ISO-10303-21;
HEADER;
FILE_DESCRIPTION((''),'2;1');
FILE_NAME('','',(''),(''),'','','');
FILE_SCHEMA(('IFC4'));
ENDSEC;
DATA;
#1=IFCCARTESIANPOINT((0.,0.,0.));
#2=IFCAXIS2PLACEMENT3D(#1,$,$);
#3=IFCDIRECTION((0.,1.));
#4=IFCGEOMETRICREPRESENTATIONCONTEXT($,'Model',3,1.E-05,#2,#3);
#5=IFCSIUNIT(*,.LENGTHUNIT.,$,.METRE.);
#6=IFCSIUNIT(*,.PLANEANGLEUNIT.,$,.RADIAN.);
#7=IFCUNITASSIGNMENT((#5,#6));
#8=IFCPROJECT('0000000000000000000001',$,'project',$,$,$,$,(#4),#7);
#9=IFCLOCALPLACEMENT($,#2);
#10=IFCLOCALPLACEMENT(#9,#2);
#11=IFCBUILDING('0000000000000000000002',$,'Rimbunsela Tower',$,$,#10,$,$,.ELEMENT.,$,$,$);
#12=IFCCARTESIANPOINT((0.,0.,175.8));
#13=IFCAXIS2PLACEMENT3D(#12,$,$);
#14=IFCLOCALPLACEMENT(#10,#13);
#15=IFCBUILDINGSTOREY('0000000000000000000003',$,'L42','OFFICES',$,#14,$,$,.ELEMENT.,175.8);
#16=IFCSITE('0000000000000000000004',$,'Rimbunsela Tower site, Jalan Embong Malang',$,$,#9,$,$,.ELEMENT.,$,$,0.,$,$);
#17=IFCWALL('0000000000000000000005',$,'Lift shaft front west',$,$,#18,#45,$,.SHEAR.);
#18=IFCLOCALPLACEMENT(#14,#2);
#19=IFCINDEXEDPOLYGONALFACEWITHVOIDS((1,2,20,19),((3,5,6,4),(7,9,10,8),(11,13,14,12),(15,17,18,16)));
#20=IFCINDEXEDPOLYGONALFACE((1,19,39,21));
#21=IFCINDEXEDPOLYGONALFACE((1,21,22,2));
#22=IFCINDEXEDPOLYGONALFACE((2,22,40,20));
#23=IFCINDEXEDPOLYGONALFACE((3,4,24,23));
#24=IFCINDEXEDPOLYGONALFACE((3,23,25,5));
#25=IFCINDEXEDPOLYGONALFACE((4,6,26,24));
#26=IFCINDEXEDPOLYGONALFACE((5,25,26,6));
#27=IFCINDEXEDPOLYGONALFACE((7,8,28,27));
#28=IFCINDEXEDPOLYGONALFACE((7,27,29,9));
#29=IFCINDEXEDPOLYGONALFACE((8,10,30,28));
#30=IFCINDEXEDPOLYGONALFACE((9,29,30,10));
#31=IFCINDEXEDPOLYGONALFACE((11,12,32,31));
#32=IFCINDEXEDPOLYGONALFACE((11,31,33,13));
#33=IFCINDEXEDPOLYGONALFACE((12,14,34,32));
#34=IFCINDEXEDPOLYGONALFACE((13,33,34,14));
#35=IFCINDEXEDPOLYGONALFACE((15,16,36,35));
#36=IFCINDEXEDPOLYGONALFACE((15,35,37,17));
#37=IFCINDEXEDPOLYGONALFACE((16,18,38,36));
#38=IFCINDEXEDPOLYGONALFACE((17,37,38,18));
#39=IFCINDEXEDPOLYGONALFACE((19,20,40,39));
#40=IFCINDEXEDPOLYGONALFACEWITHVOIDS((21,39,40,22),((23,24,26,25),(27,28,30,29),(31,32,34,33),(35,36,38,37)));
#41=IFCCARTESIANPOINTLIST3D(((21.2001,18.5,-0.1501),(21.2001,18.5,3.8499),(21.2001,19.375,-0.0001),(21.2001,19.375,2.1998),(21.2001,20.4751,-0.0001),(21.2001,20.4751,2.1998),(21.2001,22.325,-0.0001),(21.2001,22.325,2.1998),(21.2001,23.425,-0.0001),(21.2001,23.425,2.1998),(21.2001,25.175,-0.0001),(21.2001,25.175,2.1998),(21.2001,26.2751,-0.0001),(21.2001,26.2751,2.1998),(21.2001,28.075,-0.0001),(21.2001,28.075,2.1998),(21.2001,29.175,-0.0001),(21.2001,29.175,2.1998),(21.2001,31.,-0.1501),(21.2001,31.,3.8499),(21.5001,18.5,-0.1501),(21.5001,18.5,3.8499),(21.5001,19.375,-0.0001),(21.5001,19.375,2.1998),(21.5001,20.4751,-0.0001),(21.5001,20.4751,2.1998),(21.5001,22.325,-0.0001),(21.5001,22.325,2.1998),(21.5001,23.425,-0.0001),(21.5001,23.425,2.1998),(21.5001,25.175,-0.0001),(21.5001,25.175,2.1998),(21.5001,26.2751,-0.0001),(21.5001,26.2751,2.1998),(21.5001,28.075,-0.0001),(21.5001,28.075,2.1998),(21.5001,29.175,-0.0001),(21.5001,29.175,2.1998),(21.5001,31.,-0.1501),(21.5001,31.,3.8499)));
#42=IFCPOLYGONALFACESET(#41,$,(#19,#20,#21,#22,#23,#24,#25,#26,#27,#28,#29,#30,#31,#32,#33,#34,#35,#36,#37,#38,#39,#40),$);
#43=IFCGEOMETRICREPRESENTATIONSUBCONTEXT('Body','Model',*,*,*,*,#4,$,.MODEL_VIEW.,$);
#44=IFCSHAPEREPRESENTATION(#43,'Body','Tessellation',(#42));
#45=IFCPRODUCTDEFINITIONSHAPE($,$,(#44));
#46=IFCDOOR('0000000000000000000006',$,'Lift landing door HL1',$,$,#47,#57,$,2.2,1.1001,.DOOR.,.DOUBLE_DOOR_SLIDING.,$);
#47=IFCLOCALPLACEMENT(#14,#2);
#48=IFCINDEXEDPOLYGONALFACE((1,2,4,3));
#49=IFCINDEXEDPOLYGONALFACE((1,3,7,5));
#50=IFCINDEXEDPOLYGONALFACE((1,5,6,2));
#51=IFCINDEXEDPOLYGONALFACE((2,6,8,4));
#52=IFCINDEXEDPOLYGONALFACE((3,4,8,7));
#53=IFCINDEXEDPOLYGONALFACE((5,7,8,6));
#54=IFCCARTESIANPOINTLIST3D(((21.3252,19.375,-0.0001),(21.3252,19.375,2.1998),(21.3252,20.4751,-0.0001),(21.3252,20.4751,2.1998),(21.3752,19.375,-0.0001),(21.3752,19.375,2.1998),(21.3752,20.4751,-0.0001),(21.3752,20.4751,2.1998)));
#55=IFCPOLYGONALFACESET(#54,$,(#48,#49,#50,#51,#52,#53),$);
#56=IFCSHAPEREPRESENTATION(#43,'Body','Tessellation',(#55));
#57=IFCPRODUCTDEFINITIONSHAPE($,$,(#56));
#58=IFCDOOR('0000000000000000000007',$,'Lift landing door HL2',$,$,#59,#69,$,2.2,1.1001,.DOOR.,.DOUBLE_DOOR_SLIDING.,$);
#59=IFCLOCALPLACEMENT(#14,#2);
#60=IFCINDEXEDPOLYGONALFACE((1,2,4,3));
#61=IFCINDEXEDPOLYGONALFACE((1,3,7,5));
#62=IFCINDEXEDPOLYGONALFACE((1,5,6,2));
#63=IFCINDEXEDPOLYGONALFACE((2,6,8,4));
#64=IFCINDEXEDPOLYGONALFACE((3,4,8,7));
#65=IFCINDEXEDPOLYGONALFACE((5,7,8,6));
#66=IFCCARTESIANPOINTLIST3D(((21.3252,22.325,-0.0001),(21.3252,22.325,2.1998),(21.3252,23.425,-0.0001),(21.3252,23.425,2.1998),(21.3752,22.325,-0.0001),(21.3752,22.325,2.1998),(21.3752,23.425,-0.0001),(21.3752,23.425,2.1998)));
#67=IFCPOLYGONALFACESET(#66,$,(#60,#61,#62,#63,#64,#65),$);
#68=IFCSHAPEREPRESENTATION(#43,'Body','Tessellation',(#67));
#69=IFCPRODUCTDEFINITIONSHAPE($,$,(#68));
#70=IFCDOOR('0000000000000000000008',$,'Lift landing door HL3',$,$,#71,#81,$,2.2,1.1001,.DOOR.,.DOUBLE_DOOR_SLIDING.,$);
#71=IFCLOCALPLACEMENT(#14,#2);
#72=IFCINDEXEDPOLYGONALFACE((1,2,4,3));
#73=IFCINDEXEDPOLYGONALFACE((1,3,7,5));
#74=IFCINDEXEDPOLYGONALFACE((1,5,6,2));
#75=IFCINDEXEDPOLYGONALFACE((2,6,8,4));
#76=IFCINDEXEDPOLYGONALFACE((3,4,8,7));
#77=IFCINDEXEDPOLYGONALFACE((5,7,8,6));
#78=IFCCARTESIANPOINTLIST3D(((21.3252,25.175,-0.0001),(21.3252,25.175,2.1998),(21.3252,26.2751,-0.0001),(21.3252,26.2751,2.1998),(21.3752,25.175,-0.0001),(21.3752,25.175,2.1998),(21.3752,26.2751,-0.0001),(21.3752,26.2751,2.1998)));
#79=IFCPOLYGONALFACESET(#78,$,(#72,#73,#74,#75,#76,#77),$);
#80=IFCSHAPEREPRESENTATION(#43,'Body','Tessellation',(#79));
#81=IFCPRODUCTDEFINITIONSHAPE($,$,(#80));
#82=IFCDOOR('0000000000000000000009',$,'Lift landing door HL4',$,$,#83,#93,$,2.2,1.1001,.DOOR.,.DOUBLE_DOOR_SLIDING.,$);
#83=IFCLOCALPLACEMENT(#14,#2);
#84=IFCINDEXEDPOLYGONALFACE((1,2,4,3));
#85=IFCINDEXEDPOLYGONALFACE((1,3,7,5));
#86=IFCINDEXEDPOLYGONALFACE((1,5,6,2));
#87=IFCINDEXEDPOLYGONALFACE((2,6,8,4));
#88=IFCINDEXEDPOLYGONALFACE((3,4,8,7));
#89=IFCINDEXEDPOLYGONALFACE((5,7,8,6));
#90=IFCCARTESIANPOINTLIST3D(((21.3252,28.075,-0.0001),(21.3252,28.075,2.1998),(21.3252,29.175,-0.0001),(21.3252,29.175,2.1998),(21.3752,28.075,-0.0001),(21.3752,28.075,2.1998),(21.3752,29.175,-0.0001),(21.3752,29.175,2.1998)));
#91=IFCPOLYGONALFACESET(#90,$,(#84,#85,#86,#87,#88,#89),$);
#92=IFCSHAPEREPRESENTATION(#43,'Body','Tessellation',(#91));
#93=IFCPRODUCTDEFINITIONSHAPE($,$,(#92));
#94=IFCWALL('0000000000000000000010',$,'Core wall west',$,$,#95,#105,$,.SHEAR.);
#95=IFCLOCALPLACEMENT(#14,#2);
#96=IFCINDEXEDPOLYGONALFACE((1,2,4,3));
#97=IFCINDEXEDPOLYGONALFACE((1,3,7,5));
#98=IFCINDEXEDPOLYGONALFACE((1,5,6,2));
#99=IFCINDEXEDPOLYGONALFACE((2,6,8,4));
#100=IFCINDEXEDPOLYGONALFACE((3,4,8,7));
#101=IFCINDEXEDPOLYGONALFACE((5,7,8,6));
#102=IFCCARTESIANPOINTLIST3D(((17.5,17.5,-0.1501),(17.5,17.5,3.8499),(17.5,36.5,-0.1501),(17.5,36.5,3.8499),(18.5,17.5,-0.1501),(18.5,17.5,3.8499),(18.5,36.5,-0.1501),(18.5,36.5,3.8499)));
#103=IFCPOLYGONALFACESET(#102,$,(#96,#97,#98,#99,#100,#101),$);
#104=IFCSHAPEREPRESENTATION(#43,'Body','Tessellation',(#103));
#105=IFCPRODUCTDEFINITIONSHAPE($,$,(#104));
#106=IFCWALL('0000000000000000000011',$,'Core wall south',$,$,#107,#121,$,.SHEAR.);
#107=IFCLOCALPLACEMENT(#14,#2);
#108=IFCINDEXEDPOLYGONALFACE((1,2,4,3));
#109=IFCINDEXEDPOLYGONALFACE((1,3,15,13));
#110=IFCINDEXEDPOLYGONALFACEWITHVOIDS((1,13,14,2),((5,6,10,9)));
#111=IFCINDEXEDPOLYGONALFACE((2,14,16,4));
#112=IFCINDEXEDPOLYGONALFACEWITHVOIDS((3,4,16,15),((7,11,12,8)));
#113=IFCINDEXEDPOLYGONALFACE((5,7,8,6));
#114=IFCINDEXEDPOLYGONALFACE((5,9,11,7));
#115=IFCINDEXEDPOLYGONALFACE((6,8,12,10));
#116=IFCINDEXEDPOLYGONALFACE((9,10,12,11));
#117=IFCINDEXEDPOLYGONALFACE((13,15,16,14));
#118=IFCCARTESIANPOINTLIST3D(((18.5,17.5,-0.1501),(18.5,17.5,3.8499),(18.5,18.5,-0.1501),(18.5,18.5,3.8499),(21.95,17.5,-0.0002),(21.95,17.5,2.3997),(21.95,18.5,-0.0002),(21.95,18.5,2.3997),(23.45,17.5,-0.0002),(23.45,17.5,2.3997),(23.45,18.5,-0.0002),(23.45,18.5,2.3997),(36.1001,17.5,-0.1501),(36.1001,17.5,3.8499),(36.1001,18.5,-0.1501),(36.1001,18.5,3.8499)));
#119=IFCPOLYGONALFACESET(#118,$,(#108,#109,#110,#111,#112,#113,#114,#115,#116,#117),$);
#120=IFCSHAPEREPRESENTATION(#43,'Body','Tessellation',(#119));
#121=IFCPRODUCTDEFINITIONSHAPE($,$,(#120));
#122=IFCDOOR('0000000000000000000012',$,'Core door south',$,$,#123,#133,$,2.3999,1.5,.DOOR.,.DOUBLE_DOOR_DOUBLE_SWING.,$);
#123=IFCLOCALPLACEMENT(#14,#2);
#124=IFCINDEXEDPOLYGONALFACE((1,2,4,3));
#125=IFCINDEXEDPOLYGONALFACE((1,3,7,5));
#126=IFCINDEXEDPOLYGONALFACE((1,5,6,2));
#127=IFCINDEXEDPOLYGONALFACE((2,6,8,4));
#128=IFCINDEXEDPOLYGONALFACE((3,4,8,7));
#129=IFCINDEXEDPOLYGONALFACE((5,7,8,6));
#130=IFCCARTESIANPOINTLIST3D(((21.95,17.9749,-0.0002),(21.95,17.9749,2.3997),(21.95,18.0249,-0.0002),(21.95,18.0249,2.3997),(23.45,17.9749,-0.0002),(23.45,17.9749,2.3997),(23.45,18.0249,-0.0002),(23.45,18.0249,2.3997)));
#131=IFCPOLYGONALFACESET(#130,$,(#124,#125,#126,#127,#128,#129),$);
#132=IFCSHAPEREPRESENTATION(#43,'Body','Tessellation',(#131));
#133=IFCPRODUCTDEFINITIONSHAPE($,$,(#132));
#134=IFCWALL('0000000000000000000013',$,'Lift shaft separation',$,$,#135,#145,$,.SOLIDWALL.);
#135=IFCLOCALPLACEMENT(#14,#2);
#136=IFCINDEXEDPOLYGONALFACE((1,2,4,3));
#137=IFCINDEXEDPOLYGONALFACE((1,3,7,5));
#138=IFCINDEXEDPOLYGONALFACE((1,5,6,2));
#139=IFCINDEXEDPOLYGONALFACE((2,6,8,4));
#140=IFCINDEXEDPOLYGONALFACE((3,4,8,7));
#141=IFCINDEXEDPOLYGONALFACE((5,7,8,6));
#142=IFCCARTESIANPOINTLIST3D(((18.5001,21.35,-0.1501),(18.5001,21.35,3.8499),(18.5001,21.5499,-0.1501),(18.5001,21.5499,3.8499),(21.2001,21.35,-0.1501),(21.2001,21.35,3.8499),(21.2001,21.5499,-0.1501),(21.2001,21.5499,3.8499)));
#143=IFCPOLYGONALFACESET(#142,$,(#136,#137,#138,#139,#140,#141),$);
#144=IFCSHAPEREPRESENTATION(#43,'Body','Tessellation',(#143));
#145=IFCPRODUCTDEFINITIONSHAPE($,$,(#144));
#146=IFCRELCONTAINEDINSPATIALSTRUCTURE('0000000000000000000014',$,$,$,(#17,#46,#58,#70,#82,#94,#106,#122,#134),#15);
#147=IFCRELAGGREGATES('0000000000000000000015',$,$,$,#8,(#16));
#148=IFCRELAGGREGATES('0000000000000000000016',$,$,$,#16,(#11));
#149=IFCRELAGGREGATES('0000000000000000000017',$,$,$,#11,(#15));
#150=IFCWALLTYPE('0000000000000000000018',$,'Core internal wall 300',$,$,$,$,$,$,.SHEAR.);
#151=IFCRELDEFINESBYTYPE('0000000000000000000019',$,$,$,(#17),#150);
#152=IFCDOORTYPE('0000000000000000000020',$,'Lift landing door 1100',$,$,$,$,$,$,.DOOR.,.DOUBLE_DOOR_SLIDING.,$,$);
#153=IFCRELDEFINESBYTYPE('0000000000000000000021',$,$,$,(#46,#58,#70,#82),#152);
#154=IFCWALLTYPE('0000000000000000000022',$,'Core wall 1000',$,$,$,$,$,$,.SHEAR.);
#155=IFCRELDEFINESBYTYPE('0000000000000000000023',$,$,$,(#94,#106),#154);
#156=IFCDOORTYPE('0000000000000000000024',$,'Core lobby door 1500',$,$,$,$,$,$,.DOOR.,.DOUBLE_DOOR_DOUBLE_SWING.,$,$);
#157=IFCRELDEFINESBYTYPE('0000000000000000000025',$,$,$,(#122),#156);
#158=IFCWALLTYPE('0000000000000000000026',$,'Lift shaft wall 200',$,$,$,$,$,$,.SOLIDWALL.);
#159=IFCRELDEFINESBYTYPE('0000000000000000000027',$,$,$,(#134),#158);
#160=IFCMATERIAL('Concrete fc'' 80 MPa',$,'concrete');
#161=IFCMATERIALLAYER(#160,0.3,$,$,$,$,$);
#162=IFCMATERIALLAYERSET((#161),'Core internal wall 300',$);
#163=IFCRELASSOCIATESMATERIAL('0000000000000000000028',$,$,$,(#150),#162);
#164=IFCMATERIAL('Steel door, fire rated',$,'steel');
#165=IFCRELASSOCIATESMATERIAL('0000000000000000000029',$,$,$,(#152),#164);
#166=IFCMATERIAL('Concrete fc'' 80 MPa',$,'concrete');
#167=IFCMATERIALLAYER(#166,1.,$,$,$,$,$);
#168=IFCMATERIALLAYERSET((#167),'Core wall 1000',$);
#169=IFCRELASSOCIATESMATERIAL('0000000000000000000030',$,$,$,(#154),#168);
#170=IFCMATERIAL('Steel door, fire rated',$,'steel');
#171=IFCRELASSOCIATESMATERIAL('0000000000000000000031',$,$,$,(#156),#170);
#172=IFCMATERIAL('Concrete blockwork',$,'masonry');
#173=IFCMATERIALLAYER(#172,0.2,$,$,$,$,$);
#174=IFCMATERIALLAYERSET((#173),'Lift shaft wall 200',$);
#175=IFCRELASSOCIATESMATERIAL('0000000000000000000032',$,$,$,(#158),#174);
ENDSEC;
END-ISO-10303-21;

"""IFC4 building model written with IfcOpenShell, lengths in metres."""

from ifc_helpers import new_model, si_unit, direction, frame, frame_2d, origin, place, context, subcontext, project, spatial, rectangle, extrude, material, layer, layer_set, type_object, element, fill, save


model = new_model("IFC4")

# Units and contexts
model_context = context("Model", 3, precision=1e-05, world=origin(), true_north=direction((0.0, 1.0)))
body_context = subcontext(model_context, "Body", "Model", "MODEL_VIEW")
ifc_project = project(units=[si_unit("LENGTHUNIT", "METRE"), si_unit("PLANEANGLEUNIT", "RADIAN")], contexts=[model_context])

# Site, building, storey
site_placement = place(None, origin())
site = spatial("IfcSite", under=ifc_project, at=site_placement, Name="Rimbunsela Tower site, Jalan Embong Malang", CompositionType="ELEMENT", RefElevation=0.0)
building_placement = place(site_placement, origin())
building = spatial("IfcBuilding", under=site, at=building_placement, Name="Rimbunsela Tower", CompositionType="ELEMENT")
storey_placement = place(building_placement, frame((0.0, 0.0, 175.8)))
storey = spatial("IfcBuildingStorey", under=building, at=storey_placement, Name="L42", Description="OFFICES", CompositionType="ELEMENT", Elevation=175.8)

# Wall, openings, doors
ifc_material_1 = material(Name="Concrete fc' 80 MPa", Category="concrete")
ifc_layer_1 = layer(ifc_material_1, 0.3)
ifc_layer_set_1 = layer_set([ifc_layer_1], Name="Core internal wall 300")
wall_type_1 = type_object("IfcWallType", Name="Core internal wall 300", PredefinedType="SHEAR", material=ifc_layer_set_1)
wall_1_placement = place(storey_placement, frame((21.3501, 18.5, -0.1501), z_axis=(0.0, 0.0, 1.0), x_axis=(0.0, 1.0, 0.0)))
wall_1 = element("IfcWall", 1, at=wall_1_placement, inside=storey, type_object=wall_type_1, Name="Lift shaft front west", PredefinedType="SHEAR", context=body_context, shape_type="SweptSolid", body=[
    extrude(rectangle(XDim=12.5, YDim=0.3, at=frame_2d((6.25, 0.0))), origin(), (0.0, 0.0, 1.0), 4.0),
])
opening_1_placement = place(wall_1_placement, frame((0.875, 0.0, 0.1499)))
opening_1 = element("IfcOpeningElement", 2, at=opening_1_placement, cuts=wall_1, PredefinedType="OPENING", context=body_context, shape_type="SweptSolid", body=[
    extrude(rectangle(XDim=1.1001, YDim=2.2, at=frame_2d((0.55, 1.1001))), frame((0.0, 0.1599, 0.0), z_axis=(0.0, -1.0, 0.0), x_axis=(1.0, 0.0, 0.0)), (0.0, 0.0, 1.0), 0.3201),
])
opening_2_placement = place(wall_1_placement, frame((3.825, 0.0, 0.1499)))
opening_2 = element("IfcOpeningElement", 3, at=opening_2_placement, cuts=wall_1, PredefinedType="OPENING", context=body_context, shape_type="SweptSolid", body=[
    extrude(rectangle(XDim=1.1001, YDim=2.2, at=frame_2d((0.55, 1.1001))), frame((0.0, 0.1599, 0.0), z_axis=(0.0, -1.0, 0.0), x_axis=(1.0, 0.0, 0.0)), (0.0, 0.0, 1.0), 0.3201),
])
opening_3_placement = place(wall_1_placement, frame((6.675, 0.0, 0.1499)))
opening_3 = element("IfcOpeningElement", 4, at=opening_3_placement, cuts=wall_1, PredefinedType="OPENING", context=body_context, shape_type="SweptSolid", body=[
    extrude(rectangle(XDim=1.1001, YDim=2.2, at=frame_2d((0.55, 1.1001))), frame((0.0, 0.1599, 0.0), z_axis=(0.0, -1.0, 0.0), x_axis=(1.0, 0.0, 0.0)), (0.0, 0.0, 1.0), 0.3201),
])
opening_4_placement = place(wall_1_placement, frame((9.575, 0.0, 0.1499)))
opening_4 = element("IfcOpeningElement", 5, at=opening_4_placement, cuts=wall_1, PredefinedType="OPENING", context=body_context, shape_type="SweptSolid", body=[
    extrude(rectangle(XDim=1.1001, YDim=2.2, at=frame_2d((0.55, 1.1001))), frame((0.0, 0.1599, 0.0), z_axis=(0.0, -1.0, 0.0), x_axis=(1.0, 0.0, 0.0)), (0.0, 0.0, 1.0), 0.3201),
])
ifc_material_2 = material(Name="Steel door, fire rated", Category="steel")
door_type_1 = type_object("IfcDoorType", Name="Lift landing door 1100", OperationType="DOUBLE_DOOR_SLIDING", PredefinedType="DOOR", material=ifc_material_2)
door_1_placement = place(opening_1_placement, origin())
door_1 = element("IfcDoor", 6, at=door_1_placement, inside=storey, type_object=door_type_1, Name="Lift landing door HL1", OperationType="DOUBLE_DOOR_SLIDING", OverallHeight=2.2, OverallWidth=1.1001, PredefinedType="DOOR", context=body_context, shape_type="SweptSolid", body=[
    extrude(rectangle(XDim=1.1001, YDim=2.2, at=frame_2d((0.55, 1.1001))), frame((0.0, 0.0249, 0.0), z_axis=(0.0, -1.0, 0.0), x_axis=(1.0, 0.0, 0.0)), (0.0, 0.0, 1.0), 0.05),
])
fill(opening_1, door_1)
door_2_placement = place(opening_2_placement, origin())
door_2 = element("IfcDoor", 7, at=door_2_placement, inside=storey, type_object=door_type_1, Name="Lift landing door HL2", OperationType="DOUBLE_DOOR_SLIDING", OverallHeight=2.2, OverallWidth=1.1001, PredefinedType="DOOR", context=body_context, shape_type="SweptSolid", body=[
    extrude(rectangle(XDim=1.1001, YDim=2.2, at=frame_2d((0.55, 1.1001))), frame((0.0, 0.0249, 0.0), z_axis=(0.0, -1.0, 0.0), x_axis=(1.0, 0.0, 0.0)), (0.0, 0.0, 1.0), 0.05),
])
fill(opening_2, door_2)
door_3_placement = place(opening_3_placement, origin())
door_3 = element("IfcDoor", 8, at=door_3_placement, inside=storey, type_object=door_type_1, Name="Lift landing door HL3", OperationType="DOUBLE_DOOR_SLIDING", OverallHeight=2.2, OverallWidth=1.1001, PredefinedType="DOOR", context=body_context, shape_type="SweptSolid", body=[
    extrude(rectangle(XDim=1.1001, YDim=2.2, at=frame_2d((0.55, 1.1001))), frame((0.0, 0.0249, 0.0), z_axis=(0.0, -1.0, 0.0), x_axis=(1.0, 0.0, 0.0)), (0.0, 0.0, 1.0), 0.05),
])
fill(opening_3, door_3)
door_4_placement = place(opening_4_placement, origin())
door_4 = element("IfcDoor", 9, at=door_4_placement, inside=storey, type_object=door_type_1, Name="Lift landing door HL4", OperationType="DOUBLE_DOOR_SLIDING", OverallHeight=2.2, OverallWidth=1.1001, PredefinedType="DOOR", context=body_context, shape_type="SweptSolid", body=[
    extrude(rectangle(XDim=1.1001, YDim=2.2, at=frame_2d((0.55, 1.1001))), frame((0.0, 0.0249, 0.0), z_axis=(0.0, -1.0, 0.0), x_axis=(1.0, 0.0, 0.0)), (0.0, 0.0, 1.0), 0.05),
])
fill(opening_4, door_4)

# Wall
ifc_material_3 = material(Name="Concrete fc' 80 MPa", Category="concrete")
ifc_layer_2 = layer(ifc_material_3, 1.0)
ifc_layer_set_2 = layer_set([ifc_layer_2], Name="Core wall 1000")
wall_type_2 = type_object("IfcWallType", Name="Core wall 1000", PredefinedType="SHEAR", material=ifc_layer_set_2)
wall_2_placement = place(storey_placement, frame((18.0, 17.5, -0.1501), z_axis=(0.0, 0.0, 1.0), x_axis=(0.0, 1.0, 0.0)))
element("IfcWall", 10, at=wall_2_placement, inside=storey, type_object=wall_type_2, Name="Core wall west", PredefinedType="SHEAR", context=body_context, shape_type="SweptSolid", body=[
    extrude(rectangle(XDim=19.0, YDim=1.0, at=frame_2d((9.5, 0.0))), origin(), (0.0, 0.0, 1.0), 4.0),
])

# Wall, opening, door
wall_3_placement = place(storey_placement, frame((18.5, 18.0, -0.1501), z_axis=(0.0, 0.0, 1.0), x_axis=(1.0, 0.0, 0.0)))
wall_3 = element("IfcWall", 11, at=wall_3_placement, inside=storey, type_object=wall_type_2, Name="Core wall south", PredefinedType="SHEAR", context=body_context, shape_type="SweptSolid", body=[
    extrude(rectangle(XDim=17.6001, YDim=1.0, at=frame_2d((8.8, 0.0))), origin(), (0.0, 0.0, 1.0), 4.0),
])
opening_5_placement = place(wall_3_placement, frame((3.45, 0.0, 0.1499)))
opening_5 = element("IfcOpeningElement", 12, at=opening_5_placement, cuts=wall_3, PredefinedType="OPENING", context=body_context, shape_type="SweptSolid", body=[
    extrude(rectangle(XDim=1.5, YDim=2.3999, at=frame_2d((0.75, 1.2))), frame((0.0, 0.51, 0.0), z_axis=(0.0, -1.0, 0.0), x_axis=(1.0, 0.0, 0.0)), (0.0, 0.0, 1.0), 1.02),
])
ifc_material_4 = material(Name="Steel door, fire rated", Category="steel")
door_type_2 = type_object("IfcDoorType", Name="Core lobby door 1500", OperationType="DOUBLE_DOOR_DOUBLE_SWING", PredefinedType="DOOR", material=ifc_material_4)
door_5_placement = place(opening_5_placement, origin())
door_5 = element("IfcDoor", 13, at=door_5_placement, inside=storey, type_object=door_type_2, Name="Core door south", OperationType="DOUBLE_DOOR_DOUBLE_SWING", OverallHeight=2.3999, OverallWidth=1.5, PredefinedType="DOOR", context=body_context, shape_type="SweptSolid", body=[
    extrude(rectangle(XDim=1.5, YDim=2.3999, at=frame_2d((0.75, 1.2))), frame((0.0, 0.0249, 0.0), z_axis=(0.0, -1.0, 0.0), x_axis=(1.0, 0.0, 0.0)), (0.0, 0.0, 1.0), 0.05),
])
fill(opening_5, door_5)

# Wall
ifc_material_5 = material(Name="Concrete blockwork", Category="masonry")
ifc_layer_3 = layer(ifc_material_5, 0.2)
ifc_layer_set_3 = layer_set([ifc_layer_3], Name="Lift shaft wall 200")
wall_type_3 = type_object("IfcWallType", Name="Lift shaft wall 200", PredefinedType="SOLIDWALL", material=ifc_layer_set_3)
wall_4_placement = place(storey_placement, frame((18.5, 21.45, -0.1501), z_axis=(0.0, 0.0, 1.0), x_axis=(1.0, 0.0, 0.0)))
element("IfcWall", 14, at=wall_4_placement, inside=storey, type_object=wall_type_3, Name="Lift shaft separation", PredefinedType="SOLIDWALL", context=body_context, shape_type="SweptSolid", body=[
    extrude(rectangle(XDim=2.7, YDim=0.2, at=frame_2d((1.3501, 0.0))), origin(), (0.0, 0.0, 1.0), 4.0),
])

save(model, "model.ifc")
